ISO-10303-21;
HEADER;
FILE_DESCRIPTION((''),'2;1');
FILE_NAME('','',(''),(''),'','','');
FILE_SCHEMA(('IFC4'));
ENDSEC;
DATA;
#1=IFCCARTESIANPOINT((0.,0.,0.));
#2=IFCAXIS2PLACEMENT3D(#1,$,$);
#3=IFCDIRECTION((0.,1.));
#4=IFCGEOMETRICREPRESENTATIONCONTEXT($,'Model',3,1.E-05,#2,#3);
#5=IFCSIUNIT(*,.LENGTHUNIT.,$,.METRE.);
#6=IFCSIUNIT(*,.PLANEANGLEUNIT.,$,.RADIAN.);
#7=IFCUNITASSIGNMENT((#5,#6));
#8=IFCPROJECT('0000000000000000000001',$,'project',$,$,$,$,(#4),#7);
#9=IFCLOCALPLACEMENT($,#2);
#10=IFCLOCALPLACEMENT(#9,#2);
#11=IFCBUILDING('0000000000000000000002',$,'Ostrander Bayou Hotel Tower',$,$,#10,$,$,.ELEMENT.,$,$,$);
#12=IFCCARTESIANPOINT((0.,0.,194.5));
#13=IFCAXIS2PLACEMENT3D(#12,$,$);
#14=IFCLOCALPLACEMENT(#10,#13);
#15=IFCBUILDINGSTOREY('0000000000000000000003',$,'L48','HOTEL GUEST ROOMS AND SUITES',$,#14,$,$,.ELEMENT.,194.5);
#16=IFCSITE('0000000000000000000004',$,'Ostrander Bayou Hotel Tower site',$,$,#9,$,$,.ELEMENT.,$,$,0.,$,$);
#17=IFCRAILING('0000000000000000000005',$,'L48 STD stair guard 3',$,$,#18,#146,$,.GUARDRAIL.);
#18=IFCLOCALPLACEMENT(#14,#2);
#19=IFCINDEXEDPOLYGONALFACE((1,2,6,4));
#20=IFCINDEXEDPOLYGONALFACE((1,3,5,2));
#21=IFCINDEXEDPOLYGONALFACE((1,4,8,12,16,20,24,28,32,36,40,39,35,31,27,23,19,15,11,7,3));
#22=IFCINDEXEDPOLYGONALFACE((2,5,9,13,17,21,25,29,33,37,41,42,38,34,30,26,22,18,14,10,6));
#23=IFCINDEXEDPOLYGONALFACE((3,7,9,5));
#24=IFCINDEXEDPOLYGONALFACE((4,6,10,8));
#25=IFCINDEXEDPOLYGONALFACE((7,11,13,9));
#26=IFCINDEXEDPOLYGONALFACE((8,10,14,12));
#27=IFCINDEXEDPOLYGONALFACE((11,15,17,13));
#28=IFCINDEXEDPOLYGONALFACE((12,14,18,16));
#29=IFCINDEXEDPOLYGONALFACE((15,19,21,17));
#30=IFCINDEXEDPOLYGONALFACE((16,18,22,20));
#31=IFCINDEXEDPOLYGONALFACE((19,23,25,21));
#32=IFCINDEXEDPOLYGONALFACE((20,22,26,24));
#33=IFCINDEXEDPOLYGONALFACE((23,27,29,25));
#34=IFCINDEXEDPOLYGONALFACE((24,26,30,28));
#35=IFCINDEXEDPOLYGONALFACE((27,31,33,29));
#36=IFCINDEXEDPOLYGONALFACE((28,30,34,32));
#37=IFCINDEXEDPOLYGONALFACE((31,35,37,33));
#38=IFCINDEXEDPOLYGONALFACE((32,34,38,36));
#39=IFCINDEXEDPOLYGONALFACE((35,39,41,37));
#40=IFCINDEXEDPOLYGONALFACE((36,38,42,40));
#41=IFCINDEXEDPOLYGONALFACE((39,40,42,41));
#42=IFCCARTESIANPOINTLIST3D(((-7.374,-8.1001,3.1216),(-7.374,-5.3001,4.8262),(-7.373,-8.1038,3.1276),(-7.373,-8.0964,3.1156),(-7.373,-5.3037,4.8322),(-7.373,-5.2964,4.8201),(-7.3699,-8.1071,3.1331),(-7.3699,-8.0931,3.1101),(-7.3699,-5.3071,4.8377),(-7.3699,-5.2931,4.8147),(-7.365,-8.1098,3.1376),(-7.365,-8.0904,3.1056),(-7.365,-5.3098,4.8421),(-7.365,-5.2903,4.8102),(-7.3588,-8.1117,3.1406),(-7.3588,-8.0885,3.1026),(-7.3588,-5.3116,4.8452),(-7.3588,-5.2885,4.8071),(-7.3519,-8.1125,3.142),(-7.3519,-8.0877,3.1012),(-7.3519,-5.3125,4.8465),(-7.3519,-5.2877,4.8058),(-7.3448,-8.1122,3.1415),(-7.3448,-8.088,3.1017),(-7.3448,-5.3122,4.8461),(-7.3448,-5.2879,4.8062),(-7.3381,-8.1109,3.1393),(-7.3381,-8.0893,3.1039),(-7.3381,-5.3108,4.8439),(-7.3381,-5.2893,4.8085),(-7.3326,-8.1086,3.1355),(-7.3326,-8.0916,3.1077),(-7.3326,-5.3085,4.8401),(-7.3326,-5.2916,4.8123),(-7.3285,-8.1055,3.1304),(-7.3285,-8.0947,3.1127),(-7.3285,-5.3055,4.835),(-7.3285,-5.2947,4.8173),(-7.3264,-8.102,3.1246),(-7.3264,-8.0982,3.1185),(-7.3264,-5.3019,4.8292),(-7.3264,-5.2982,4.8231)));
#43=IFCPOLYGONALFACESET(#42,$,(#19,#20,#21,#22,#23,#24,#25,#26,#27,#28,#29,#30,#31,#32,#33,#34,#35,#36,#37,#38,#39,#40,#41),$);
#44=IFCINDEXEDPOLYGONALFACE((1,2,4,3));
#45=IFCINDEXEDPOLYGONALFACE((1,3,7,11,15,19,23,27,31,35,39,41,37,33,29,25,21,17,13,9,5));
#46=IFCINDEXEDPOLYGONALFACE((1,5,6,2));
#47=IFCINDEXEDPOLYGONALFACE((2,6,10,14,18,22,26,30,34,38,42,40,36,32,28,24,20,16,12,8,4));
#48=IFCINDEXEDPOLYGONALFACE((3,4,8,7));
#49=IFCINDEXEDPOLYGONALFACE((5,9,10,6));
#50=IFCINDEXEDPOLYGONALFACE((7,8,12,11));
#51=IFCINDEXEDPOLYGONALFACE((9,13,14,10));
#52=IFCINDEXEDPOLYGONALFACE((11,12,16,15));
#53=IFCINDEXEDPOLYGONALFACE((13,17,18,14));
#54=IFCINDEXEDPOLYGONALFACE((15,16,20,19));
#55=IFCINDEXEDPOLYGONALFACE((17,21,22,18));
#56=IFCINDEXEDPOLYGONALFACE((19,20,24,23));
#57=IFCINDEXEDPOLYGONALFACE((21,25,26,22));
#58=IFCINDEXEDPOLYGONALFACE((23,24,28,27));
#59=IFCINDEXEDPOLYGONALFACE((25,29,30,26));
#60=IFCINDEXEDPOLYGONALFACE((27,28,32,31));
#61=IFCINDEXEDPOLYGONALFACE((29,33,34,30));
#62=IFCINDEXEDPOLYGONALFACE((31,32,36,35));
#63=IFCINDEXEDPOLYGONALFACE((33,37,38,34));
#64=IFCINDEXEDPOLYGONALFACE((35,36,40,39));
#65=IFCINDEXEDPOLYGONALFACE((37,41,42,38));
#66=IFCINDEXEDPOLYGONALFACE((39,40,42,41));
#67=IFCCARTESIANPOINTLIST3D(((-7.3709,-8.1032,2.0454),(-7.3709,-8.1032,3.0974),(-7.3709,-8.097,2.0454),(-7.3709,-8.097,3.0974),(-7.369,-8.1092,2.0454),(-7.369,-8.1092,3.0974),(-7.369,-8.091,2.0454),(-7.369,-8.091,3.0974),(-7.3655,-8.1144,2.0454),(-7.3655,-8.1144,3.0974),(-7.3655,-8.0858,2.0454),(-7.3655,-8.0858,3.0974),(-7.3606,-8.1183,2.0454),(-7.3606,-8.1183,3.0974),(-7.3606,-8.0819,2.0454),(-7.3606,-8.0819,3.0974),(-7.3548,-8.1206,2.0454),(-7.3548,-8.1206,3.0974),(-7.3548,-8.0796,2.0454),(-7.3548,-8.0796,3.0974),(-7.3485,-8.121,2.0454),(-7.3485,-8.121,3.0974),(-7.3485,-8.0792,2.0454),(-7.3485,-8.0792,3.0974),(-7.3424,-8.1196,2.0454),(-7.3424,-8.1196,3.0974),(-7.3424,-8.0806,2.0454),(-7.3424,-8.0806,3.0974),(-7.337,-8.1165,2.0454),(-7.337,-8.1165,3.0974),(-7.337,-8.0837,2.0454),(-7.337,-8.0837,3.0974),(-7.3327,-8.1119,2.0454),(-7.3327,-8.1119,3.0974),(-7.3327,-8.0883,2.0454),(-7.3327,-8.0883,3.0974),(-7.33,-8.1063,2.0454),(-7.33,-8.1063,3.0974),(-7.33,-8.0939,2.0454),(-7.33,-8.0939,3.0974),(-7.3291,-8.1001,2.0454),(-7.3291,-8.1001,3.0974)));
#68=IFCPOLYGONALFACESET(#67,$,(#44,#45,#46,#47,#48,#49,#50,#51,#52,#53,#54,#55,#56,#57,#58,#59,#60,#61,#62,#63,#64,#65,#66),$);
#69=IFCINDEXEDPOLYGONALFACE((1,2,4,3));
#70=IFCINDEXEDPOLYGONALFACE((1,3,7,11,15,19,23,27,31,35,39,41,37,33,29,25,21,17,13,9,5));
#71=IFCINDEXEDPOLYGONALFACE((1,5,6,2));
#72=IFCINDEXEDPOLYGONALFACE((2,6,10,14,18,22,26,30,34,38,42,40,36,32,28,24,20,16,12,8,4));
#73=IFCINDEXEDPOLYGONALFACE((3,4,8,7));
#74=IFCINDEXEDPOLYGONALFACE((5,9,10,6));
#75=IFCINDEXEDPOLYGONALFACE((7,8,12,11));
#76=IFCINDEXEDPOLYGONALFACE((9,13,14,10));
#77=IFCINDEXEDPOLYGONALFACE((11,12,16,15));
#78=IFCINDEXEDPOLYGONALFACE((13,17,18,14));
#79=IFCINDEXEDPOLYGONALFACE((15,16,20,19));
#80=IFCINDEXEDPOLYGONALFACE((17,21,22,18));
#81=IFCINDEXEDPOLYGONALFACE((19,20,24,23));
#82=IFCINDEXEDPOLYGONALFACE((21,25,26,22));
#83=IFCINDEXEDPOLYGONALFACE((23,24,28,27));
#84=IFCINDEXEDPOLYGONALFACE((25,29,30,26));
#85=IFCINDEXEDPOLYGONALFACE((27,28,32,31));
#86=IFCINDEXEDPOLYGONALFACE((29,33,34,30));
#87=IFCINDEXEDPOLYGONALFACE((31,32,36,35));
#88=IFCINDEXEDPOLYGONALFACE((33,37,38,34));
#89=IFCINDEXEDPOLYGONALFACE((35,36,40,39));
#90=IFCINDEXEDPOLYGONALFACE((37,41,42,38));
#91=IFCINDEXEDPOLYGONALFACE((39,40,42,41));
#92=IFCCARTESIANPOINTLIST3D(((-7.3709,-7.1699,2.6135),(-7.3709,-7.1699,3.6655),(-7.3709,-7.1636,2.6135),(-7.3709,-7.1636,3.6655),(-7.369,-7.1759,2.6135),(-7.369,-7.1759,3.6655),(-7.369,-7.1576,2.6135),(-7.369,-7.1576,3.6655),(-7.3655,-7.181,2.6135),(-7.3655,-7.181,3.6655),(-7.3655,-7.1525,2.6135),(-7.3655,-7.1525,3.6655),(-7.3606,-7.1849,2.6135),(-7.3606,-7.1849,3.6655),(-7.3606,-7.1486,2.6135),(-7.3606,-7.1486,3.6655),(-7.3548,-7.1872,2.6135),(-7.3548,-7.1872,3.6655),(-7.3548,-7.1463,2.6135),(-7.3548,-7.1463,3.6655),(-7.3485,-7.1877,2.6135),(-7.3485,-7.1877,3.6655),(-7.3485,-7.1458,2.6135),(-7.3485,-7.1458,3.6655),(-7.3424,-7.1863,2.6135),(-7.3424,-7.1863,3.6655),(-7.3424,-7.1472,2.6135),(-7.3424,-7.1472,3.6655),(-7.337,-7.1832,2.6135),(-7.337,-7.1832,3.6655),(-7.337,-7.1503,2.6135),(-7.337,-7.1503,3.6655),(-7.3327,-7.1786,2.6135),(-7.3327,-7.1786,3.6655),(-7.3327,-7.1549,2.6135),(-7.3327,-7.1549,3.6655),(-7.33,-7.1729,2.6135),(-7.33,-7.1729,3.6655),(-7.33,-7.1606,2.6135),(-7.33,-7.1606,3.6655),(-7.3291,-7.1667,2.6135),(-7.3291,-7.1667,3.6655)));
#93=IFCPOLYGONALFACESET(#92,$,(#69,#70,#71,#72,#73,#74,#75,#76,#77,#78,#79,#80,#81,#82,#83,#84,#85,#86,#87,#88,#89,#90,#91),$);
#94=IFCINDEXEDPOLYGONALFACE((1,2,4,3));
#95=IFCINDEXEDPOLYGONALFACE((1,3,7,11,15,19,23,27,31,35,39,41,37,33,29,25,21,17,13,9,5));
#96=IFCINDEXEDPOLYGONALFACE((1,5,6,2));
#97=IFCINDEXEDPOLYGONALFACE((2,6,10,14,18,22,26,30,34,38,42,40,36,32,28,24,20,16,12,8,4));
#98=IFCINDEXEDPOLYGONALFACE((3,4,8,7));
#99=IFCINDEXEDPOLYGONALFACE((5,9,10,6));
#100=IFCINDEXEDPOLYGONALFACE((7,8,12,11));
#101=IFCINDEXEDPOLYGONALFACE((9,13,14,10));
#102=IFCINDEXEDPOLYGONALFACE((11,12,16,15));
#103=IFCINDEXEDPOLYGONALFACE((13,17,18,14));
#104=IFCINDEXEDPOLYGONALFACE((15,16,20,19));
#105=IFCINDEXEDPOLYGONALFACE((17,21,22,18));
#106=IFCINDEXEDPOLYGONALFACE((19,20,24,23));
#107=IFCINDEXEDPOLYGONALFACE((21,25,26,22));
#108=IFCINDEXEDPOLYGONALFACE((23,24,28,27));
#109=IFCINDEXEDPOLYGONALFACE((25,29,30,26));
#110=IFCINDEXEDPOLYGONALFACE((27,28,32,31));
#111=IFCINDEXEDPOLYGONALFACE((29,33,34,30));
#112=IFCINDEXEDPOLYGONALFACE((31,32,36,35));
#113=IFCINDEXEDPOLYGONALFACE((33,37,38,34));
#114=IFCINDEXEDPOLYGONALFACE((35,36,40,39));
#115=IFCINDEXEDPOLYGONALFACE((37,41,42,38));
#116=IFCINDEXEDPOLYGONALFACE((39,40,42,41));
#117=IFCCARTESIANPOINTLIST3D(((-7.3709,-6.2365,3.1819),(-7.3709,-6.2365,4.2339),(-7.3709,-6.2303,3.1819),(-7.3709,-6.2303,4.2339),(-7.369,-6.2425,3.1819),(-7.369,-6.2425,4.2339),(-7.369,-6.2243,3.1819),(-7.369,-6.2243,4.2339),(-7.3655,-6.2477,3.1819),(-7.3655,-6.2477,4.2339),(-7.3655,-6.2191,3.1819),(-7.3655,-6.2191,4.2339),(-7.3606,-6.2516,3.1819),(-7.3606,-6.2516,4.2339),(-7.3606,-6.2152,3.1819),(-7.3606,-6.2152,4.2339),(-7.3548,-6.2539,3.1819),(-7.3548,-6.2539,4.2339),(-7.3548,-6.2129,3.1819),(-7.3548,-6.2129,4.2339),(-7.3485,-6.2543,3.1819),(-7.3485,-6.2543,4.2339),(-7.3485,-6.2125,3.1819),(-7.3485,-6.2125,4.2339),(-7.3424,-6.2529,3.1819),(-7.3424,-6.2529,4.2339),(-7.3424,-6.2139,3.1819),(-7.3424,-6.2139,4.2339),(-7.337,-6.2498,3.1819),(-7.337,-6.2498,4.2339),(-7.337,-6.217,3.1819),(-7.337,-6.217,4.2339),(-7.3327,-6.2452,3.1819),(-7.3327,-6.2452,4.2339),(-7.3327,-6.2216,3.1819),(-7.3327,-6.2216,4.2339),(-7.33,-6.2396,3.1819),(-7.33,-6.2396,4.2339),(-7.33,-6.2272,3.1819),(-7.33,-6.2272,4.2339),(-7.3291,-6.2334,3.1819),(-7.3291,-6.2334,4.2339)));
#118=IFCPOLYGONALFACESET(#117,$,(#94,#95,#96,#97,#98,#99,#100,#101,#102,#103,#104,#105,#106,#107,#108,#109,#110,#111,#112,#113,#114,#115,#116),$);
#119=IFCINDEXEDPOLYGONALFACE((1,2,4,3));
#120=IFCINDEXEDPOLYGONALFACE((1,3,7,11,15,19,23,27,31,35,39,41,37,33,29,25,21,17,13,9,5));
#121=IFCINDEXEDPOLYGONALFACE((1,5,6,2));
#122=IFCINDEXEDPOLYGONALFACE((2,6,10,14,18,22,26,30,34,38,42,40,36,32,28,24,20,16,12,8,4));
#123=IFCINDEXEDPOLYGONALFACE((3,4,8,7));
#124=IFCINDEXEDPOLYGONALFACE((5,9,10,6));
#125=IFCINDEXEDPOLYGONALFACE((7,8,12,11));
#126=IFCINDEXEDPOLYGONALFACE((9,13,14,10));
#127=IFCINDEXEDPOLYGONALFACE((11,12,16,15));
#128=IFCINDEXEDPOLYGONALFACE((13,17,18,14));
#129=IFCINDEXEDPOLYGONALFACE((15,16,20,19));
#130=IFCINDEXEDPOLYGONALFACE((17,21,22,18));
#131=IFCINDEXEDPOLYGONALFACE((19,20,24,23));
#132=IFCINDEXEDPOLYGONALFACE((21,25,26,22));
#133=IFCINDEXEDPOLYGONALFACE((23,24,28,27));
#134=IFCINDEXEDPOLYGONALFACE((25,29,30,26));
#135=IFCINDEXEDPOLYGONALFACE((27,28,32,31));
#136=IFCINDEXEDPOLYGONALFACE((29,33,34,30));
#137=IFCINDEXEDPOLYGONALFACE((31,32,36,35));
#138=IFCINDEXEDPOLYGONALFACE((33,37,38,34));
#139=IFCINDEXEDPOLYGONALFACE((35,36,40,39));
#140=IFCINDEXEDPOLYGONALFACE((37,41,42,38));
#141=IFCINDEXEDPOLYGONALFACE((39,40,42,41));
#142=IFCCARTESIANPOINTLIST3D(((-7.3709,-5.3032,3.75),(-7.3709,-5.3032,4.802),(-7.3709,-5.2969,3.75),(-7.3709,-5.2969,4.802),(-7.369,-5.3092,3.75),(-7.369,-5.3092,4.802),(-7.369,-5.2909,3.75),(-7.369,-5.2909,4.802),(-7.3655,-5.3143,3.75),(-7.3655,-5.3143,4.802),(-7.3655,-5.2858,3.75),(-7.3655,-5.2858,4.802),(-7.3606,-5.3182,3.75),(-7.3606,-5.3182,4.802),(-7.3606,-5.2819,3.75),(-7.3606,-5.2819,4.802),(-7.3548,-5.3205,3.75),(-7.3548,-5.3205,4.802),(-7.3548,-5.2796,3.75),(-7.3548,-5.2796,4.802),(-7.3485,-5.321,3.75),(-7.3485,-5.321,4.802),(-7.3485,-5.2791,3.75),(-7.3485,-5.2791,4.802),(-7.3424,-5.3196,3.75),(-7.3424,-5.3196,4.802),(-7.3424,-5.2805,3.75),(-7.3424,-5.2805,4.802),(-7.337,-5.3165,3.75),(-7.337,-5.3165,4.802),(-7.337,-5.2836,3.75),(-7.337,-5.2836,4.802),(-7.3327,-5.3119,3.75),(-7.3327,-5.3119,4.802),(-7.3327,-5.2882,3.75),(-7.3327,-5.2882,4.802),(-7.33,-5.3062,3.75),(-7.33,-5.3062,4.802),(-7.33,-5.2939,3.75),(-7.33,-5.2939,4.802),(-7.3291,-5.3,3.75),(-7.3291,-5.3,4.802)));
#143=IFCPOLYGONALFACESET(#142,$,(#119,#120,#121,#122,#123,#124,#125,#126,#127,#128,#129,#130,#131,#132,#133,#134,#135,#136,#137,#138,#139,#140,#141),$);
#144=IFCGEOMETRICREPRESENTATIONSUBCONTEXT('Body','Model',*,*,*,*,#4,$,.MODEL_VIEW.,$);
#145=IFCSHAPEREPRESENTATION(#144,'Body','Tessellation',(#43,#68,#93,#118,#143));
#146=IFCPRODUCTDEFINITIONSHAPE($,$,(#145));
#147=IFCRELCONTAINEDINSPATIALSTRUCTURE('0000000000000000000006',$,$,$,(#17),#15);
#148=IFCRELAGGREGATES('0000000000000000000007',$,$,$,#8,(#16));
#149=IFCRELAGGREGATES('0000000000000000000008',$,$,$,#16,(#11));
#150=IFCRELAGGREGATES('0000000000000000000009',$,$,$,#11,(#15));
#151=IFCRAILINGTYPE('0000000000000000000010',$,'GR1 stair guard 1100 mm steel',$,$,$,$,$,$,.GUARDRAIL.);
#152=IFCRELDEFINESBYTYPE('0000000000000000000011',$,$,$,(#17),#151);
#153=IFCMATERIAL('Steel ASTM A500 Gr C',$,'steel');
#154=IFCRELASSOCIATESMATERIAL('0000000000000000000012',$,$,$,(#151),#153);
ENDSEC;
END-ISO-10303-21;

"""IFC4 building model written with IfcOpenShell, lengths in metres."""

from ifc_helpers import new_model, si_unit, direction, frame, origin, origin_2d, place, context, subcontext, project, spatial, circle, extrude, material, type_object, element, save


model = new_model("IFC4")

# Units and contexts
model_context = context("Model", 3, precision=1e-05, world=origin(), true_north=direction((0.0, 1.0)))
body_context = subcontext(model_context, "Body", "Model", "MODEL_VIEW")
ifc_project = project(units=[si_unit("LENGTHUNIT", "METRE"), si_unit("PLANEANGLEUNIT", "RADIAN")], contexts=[model_context])

# Site, building, storey
site_placement = place(None, origin())
site = spatial("IfcSite", under=ifc_project, at=site_placement, Name="Ostrander Bayou Hotel Tower site", CompositionType="ELEMENT", RefElevation=0.0)
building_placement = place(site_placement, origin())
building = spatial("IfcBuilding", under=site, at=building_placement, Name="Ostrander Bayou Hotel Tower", CompositionType="ELEMENT")
storey_placement = place(building_placement, frame((0.0, 0.0, 194.5)))
storey = spatial("IfcBuildingStorey", under=building, at=storey_placement, Name="L48", Description="HOTEL GUEST ROOMS AND SUITES", CompositionType="ELEMENT", Elevation=194.5)

# Railing
ifc_material_1 = material(Name="Steel ASTM A500 Gr C", Category="steel")
railing_type_1 = type_object("IfcRailingType", Name="GR1 stair guard 1100 mm steel", PredefinedType="GUARDRAIL", material=ifc_material_1)
railing_1_placement = place(storey_placement, frame((-7.3501, -8.1001, 2.0454)))
element("IfcRailing", 1, at=railing_1_placement, inside=storey, type_object=railing_type_1, Name="L48 STD stair guard 3", PredefinedType="GUARDRAIL", context=body_context, shape_type="SweptSolid", body=[
    extrude(circle(Radius=0.0239, at=origin_2d()), frame((0.0, 0.0, 1.0762), z_axis=(0.0, 0.85417, 0.519994), x_axis=(-1.0, 0.0, 0.0)), (0.0, 0.0, 1.0), 3.2781),
    extrude(circle(Radius=0.021, at=origin_2d()), origin(), (0.0, 0.0, 1.0), 1.052),
    extrude(circle(Radius=0.021, at=origin_2d()), frame((0.0, 0.9333, 0.5681)), (0.0, 0.0, 1.0), 1.052),
    extrude(circle(Radius=0.021, at=origin_2d()), frame((0.0, 1.8667, 1.1365)), (0.0, 0.0, 1.0), 1.052),
    extrude(circle(Radius=0.021, at=origin_2d()), frame((0.0, 2.8, 1.7046)), (0.0, 0.0, 1.0), 1.052),
])

save(model, "model.ifc")
